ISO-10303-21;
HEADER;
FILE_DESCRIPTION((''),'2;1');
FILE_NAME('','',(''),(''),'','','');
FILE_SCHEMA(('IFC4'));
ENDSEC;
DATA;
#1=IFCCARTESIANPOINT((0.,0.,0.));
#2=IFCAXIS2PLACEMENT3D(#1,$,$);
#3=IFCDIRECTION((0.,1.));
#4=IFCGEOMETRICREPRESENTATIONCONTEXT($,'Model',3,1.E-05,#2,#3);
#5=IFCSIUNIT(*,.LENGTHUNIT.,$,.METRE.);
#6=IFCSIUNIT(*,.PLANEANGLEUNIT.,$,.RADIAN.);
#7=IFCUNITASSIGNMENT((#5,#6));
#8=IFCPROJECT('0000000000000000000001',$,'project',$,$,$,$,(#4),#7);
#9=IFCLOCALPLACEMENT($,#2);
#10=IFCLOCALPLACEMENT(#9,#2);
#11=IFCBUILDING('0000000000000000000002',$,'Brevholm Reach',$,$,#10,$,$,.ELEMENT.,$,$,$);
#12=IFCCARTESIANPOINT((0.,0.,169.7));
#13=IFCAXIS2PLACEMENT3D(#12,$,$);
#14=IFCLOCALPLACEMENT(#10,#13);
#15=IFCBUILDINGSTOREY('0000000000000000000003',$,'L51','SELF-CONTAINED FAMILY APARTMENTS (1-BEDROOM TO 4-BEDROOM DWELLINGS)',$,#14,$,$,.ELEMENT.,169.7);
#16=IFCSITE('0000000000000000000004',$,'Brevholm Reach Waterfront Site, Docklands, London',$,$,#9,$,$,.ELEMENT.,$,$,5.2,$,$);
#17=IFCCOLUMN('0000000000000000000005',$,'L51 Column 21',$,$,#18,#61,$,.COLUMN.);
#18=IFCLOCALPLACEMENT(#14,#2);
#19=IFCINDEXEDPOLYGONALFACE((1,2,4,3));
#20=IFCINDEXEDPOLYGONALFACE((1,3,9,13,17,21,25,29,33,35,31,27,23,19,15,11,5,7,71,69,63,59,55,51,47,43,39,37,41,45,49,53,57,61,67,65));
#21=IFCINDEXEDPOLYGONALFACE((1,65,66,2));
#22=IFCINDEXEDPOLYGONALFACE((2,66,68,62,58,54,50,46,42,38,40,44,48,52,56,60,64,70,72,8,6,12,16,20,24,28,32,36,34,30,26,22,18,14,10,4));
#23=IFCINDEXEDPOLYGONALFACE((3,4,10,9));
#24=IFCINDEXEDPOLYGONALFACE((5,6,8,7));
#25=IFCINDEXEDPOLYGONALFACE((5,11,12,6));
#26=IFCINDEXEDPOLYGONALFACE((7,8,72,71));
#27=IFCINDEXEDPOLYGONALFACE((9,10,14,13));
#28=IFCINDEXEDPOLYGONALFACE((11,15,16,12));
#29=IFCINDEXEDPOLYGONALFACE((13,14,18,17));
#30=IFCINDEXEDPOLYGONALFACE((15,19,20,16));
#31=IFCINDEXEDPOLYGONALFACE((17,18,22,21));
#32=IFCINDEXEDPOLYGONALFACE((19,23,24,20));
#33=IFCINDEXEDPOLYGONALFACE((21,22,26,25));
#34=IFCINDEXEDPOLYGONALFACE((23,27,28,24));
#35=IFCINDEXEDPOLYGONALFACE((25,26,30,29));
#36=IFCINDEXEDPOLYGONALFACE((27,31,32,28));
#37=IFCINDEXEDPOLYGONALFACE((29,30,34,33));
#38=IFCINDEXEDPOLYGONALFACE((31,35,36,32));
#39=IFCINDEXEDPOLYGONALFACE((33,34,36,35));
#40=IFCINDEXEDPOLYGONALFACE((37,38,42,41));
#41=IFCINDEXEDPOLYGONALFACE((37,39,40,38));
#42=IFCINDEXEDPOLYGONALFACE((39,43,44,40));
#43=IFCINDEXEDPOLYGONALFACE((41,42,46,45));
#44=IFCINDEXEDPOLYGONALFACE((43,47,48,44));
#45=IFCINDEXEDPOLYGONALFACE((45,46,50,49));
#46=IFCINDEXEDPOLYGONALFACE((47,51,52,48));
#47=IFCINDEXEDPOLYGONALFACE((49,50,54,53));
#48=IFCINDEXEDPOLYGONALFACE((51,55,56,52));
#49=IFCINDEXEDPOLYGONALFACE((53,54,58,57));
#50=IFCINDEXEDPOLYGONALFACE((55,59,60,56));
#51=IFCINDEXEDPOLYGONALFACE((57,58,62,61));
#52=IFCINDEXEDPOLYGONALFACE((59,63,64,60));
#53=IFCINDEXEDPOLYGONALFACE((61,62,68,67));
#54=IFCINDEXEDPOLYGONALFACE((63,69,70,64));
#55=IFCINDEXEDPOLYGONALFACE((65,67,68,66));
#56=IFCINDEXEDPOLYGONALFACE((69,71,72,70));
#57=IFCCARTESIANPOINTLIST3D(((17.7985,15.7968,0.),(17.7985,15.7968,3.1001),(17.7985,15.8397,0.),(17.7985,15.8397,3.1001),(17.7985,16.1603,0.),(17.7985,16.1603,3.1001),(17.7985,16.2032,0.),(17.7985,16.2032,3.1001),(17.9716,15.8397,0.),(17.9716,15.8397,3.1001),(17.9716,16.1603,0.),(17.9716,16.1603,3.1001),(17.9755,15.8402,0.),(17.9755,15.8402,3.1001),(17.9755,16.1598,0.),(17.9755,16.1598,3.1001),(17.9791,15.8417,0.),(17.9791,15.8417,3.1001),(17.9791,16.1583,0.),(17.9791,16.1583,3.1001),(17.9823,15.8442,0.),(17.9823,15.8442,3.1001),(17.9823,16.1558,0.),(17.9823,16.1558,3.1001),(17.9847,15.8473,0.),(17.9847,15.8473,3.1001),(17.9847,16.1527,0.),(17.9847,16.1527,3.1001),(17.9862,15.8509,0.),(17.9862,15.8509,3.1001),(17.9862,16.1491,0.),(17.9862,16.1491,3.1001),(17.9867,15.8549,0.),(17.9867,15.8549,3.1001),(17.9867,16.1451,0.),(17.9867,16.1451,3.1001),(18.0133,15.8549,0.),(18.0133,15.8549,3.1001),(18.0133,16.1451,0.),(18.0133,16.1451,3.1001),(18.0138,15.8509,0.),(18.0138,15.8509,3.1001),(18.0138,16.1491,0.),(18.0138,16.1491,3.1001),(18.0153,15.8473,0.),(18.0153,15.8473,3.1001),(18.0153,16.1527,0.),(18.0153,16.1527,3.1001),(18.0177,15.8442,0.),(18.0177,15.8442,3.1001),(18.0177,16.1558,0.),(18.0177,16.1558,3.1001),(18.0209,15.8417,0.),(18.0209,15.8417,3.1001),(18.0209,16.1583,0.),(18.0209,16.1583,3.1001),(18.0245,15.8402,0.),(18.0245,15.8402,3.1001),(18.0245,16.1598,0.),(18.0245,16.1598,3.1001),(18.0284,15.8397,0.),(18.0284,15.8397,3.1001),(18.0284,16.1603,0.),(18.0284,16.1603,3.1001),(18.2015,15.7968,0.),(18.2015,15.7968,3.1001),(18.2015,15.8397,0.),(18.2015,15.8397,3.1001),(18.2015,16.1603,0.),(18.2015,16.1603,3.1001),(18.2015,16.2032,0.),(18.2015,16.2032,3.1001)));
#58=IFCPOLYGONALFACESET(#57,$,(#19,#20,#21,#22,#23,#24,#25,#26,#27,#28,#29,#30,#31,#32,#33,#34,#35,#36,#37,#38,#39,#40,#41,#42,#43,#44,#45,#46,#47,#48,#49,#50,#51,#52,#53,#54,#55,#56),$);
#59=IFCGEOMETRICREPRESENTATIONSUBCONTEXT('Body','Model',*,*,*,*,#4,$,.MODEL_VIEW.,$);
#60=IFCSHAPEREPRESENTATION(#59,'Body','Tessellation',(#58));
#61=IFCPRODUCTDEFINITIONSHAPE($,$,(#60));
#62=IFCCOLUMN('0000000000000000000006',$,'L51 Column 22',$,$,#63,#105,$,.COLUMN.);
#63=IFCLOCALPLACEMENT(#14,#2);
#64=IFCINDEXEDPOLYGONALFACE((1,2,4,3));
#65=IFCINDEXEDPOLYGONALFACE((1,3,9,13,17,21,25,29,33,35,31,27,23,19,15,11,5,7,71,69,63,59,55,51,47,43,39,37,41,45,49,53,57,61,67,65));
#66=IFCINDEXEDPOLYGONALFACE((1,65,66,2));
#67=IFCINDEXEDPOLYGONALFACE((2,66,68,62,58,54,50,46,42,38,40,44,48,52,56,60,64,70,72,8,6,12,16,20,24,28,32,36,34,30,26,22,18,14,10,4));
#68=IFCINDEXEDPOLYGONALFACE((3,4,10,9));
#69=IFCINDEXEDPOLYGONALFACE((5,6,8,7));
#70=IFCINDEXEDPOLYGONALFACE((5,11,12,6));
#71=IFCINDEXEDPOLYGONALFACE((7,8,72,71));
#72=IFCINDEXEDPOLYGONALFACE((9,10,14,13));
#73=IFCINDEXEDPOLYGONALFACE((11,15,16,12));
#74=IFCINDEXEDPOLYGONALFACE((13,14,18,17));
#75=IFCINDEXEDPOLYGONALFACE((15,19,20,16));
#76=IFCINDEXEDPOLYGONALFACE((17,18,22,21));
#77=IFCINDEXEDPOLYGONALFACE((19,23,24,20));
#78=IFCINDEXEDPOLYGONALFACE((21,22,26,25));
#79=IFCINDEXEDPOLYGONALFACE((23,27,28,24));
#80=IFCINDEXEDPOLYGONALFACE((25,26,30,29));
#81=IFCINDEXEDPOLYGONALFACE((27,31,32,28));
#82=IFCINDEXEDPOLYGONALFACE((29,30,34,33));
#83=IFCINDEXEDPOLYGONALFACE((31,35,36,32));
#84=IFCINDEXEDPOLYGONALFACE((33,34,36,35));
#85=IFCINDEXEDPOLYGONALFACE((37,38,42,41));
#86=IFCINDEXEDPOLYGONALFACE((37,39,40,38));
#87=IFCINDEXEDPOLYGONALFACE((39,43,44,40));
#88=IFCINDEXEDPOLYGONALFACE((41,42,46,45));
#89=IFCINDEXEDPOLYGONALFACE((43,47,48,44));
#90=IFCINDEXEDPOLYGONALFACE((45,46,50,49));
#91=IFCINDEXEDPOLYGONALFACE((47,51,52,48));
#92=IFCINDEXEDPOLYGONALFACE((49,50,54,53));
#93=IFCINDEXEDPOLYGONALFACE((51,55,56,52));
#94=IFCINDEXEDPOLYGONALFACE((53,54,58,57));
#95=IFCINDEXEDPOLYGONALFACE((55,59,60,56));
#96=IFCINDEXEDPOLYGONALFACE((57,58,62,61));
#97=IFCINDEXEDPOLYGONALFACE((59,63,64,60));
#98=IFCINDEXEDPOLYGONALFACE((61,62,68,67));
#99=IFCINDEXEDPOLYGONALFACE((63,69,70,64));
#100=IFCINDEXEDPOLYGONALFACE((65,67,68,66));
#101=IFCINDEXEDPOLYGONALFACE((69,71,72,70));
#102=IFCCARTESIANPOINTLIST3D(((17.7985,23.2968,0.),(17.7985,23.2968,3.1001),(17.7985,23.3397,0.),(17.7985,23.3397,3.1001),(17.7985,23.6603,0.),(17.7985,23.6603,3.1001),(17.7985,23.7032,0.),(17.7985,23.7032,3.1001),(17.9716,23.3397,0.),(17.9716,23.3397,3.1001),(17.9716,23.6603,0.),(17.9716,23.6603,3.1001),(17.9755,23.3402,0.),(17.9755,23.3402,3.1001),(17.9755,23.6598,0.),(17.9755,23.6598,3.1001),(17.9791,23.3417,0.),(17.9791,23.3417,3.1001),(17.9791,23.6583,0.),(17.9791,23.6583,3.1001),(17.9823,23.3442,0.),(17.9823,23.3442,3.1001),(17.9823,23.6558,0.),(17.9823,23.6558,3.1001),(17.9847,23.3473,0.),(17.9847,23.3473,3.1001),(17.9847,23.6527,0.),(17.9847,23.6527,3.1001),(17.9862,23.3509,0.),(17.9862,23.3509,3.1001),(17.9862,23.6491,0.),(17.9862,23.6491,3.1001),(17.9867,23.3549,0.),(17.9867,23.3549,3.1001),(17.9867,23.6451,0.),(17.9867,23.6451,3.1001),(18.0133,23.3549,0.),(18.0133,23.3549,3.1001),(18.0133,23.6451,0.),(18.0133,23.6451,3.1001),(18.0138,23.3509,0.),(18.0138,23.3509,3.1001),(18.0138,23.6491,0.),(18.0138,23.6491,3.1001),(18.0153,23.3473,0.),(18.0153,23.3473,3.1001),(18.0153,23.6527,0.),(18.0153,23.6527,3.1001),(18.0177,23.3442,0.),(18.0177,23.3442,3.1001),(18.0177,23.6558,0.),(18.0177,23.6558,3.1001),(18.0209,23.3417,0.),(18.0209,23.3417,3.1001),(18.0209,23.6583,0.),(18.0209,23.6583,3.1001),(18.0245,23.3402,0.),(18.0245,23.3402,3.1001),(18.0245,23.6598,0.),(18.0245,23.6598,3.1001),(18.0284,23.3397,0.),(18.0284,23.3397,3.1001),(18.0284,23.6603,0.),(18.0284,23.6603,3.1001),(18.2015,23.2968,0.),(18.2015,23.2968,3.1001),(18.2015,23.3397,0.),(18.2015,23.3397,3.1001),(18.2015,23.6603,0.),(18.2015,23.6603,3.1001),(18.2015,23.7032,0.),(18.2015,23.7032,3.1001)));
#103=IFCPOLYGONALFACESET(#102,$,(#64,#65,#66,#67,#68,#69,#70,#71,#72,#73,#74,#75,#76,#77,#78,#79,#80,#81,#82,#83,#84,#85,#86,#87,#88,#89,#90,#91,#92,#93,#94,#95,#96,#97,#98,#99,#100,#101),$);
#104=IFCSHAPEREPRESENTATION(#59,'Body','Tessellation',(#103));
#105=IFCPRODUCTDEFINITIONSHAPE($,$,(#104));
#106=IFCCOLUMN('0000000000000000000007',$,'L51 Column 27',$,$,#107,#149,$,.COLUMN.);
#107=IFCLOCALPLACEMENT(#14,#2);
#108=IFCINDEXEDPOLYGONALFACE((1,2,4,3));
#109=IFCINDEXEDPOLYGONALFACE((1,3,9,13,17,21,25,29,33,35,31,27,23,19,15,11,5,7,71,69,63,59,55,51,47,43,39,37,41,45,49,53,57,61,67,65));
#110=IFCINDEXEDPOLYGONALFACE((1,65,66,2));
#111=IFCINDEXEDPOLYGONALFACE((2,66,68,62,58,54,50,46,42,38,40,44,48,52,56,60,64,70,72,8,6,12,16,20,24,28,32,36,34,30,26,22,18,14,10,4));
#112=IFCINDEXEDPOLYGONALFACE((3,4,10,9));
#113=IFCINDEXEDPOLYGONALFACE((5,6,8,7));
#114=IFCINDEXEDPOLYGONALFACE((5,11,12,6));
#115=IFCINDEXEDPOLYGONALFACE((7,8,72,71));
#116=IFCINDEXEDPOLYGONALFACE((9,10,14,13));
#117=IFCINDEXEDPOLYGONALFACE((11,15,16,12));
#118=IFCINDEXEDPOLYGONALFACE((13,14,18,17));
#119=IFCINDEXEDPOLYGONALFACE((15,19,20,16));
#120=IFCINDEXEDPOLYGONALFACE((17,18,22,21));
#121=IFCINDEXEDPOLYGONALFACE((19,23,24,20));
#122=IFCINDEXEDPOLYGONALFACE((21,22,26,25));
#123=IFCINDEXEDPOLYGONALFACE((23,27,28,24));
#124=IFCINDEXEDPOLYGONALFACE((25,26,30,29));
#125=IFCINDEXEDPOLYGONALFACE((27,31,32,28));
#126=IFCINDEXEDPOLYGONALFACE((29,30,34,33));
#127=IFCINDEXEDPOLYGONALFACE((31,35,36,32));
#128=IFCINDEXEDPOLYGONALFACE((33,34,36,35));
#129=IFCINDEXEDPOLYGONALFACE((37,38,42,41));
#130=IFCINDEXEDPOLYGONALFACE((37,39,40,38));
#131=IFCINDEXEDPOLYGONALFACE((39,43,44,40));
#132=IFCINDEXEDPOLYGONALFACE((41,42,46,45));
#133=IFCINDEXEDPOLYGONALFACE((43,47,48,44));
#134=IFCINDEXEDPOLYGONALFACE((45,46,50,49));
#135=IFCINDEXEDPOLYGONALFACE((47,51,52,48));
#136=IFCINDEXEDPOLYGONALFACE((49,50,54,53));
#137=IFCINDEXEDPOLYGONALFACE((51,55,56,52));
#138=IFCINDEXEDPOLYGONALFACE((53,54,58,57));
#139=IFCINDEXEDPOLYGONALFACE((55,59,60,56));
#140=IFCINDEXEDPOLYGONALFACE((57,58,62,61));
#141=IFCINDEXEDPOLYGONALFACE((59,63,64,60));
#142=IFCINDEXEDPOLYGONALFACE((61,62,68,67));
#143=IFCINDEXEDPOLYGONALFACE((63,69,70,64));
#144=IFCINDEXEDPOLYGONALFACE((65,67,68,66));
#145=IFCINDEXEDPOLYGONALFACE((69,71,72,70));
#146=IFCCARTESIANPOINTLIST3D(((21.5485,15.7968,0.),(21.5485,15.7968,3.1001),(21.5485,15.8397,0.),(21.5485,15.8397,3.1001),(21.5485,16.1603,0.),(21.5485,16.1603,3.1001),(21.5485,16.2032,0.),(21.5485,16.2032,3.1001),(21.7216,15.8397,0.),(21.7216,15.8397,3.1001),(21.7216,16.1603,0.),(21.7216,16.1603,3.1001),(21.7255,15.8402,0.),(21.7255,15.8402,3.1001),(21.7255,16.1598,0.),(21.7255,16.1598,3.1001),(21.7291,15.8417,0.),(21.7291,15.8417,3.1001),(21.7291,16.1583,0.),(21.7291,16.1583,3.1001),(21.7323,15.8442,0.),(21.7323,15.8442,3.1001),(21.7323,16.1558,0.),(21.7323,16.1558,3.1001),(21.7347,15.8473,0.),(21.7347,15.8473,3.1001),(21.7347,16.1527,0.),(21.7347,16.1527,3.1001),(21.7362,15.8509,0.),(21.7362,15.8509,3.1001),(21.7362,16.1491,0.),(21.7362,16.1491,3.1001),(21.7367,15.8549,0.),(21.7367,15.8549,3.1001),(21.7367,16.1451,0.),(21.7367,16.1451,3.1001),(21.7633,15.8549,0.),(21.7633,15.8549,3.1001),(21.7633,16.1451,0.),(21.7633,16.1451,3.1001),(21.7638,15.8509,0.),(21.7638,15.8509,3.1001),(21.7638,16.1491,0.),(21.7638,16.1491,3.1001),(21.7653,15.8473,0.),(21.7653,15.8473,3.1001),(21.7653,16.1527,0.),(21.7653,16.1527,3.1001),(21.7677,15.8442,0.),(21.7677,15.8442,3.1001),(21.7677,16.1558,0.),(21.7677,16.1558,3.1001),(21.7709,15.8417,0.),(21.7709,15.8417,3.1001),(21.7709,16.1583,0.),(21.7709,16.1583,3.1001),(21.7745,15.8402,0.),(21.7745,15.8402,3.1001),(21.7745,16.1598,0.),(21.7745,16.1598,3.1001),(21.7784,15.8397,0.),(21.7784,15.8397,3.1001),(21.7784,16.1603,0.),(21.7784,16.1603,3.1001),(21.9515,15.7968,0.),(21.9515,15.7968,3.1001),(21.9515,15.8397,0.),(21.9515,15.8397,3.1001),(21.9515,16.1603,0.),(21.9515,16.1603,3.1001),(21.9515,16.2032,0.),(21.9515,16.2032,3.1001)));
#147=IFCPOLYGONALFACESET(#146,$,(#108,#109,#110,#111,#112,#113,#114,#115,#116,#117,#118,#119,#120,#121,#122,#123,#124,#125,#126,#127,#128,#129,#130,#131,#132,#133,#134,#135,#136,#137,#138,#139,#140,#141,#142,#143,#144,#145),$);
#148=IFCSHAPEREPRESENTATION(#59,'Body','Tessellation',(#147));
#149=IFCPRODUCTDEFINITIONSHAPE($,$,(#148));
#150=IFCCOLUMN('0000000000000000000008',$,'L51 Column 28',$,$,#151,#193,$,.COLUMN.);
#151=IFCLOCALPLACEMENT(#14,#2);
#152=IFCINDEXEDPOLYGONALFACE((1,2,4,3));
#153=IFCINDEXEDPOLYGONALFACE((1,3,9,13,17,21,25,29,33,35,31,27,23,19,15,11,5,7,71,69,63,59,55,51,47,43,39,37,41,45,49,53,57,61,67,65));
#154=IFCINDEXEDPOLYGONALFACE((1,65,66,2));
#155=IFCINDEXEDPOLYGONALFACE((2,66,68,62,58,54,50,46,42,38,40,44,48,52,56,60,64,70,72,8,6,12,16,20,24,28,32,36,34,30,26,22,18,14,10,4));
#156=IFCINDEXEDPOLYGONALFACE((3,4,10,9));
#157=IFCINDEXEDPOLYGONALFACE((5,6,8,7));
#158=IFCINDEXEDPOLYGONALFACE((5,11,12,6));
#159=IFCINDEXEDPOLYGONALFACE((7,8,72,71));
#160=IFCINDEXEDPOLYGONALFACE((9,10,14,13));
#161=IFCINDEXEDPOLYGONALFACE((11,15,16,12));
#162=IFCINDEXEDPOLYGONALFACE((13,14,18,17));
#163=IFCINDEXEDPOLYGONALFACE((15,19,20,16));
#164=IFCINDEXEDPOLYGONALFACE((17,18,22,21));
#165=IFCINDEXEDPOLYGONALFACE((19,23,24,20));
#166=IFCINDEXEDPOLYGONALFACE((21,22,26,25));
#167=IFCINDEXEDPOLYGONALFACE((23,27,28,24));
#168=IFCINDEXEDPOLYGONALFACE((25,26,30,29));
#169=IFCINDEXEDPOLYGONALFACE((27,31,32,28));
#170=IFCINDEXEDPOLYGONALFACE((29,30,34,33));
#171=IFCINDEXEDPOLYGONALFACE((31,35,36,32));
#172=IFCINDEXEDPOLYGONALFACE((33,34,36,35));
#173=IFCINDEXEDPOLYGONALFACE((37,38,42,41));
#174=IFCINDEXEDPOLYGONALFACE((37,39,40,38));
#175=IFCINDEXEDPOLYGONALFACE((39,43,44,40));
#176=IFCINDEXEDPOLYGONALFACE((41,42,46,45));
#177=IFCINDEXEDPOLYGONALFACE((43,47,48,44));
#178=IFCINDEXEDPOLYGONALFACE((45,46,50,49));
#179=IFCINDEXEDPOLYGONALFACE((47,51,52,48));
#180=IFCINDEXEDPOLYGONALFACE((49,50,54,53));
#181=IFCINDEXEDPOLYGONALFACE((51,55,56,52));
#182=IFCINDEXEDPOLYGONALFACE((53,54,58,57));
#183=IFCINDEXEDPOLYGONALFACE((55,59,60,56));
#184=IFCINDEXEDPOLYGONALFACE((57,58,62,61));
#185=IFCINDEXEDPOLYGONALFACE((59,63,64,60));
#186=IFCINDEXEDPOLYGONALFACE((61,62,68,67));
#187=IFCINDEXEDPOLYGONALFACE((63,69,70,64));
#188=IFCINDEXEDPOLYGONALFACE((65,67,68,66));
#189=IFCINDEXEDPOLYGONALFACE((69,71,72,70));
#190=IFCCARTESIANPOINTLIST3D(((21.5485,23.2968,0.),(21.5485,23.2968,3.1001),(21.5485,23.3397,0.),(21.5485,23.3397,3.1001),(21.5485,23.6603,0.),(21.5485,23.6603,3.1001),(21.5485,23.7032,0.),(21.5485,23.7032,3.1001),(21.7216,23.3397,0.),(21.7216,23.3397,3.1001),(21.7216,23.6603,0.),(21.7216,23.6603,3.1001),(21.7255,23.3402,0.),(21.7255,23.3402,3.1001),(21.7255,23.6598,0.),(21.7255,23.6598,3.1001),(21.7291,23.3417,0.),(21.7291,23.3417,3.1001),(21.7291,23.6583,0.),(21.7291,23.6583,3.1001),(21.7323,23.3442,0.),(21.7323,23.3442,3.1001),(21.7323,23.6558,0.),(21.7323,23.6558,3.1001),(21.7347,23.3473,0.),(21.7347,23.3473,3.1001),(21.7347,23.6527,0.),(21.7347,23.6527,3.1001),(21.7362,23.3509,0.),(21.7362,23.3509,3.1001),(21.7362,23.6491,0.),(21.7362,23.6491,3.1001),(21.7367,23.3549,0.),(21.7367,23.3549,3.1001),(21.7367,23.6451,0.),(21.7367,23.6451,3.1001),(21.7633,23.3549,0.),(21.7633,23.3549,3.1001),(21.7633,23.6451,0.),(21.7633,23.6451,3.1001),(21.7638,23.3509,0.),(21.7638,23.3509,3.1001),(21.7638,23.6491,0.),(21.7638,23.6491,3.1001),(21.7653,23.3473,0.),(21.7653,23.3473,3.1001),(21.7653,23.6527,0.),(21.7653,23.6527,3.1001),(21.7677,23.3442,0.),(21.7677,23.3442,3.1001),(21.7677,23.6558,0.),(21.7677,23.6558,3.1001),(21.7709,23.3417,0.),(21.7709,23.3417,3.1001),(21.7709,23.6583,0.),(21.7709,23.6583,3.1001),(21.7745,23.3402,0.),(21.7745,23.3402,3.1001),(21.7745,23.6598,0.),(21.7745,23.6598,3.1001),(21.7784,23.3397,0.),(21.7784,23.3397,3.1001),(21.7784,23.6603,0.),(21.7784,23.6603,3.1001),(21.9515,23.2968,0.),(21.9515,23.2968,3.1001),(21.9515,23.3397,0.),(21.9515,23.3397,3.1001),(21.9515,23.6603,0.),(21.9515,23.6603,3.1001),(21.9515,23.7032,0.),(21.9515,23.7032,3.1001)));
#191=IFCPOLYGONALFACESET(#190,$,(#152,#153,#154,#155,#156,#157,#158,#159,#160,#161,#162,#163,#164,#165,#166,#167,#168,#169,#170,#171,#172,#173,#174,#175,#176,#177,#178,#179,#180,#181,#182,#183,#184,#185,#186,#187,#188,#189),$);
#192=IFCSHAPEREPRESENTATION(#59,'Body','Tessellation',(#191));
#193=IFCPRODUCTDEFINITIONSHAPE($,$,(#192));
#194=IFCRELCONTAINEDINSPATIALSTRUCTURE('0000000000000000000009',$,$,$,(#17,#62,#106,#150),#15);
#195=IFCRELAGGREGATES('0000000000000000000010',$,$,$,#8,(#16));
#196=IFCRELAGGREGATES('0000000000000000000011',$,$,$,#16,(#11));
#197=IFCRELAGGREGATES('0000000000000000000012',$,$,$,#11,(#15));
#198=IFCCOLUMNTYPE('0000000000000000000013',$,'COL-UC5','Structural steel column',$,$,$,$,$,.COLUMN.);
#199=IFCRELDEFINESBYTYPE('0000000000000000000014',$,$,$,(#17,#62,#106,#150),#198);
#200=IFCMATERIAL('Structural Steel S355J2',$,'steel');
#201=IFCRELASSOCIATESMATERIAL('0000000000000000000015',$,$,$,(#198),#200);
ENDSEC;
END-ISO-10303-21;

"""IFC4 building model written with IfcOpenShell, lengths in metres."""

from ifc_helpers import new_model, si_unit, direction, frame, origin, origin_2d, place, context, subcontext, project, spatial, i_section, extrude, material, material_profile, profile_set, type_object, element, save


model = new_model("IFC4")

# Units and contexts
model_context = context("Model", 3, precision=1e-05, world=origin(), true_north=direction((0.0, 1.0)))
body_context = subcontext(model_context, "Body", "Model", "MODEL_VIEW")
ifc_project = project(units=[si_unit("LENGTHUNIT", "METRE"), si_unit("PLANEANGLEUNIT", "RADIAN")], contexts=[model_context])

# Site, building, storey
site_placement = place(None, origin())
site = spatial("IfcSite", under=ifc_project, at=site_placement, Name="Brevholm Reach Waterfront Site, Docklands, London", CompositionType="ELEMENT", RefElevation=5.2)
building_placement = place(site_placement, origin())
building = spatial("IfcBuilding", under=site, at=building_placement, Name="Brevholm Reach", CompositionType="ELEMENT")
storey_placement = place(building_placement, frame((0.0, 0.0, 169.7)))
storey = spatial("IfcBuildingStorey", under=building, at=storey_placement, Name="L51", Description="SELF-CONTAINED FAMILY APARTMENTS (1-BEDROOM TO 4-BEDROOM DWELLINGS)", CompositionType="ELEMENT", Elevation=169.7)

# Columns
ifc_material_1 = material(Name="Structural Steel S355J2", Category="steel")
ifc_material_profile_1 = material_profile(ifc_material_1, i_section(OverallWidth=0.4031, OverallDepth=0.4065, WebThickness=0.0266, FlangeThickness=0.043, FilletRadius=0.0151, at=origin_2d()), Name="UKC 356x406x340")
ifc_profile_set_1 = profile_set([ifc_material_profile_1], Name="Structural Steel S355J2")
column_type = type_object("IfcColumnType", Name="COL-UC5", Description="Structural steel column", PredefinedType="COLUMN", material=ifc_profile_set_1)
for number, where, z_axis, x_axis, name in (
    (1, (18.0, 16.0, 0.0), (0.0, 0.0, 1.0), (1.0, 0.0, 0.0), "L51 Column 21"),
    (2, (18.0, 23.5, 0.0), (0.0, 0.0, 1.0), (1.0, 0.0, 0.0), "L51 Column 22"),
    (3, (21.75, 16.0, 0.0), (0.0, 0.0, 1.0), (1.0, 0.0, 0.0), "L51 Column 27"),
    (4, (21.75, 23.5, 0.0), (0.0, 0.0, 1.0), (1.0, 0.0, 0.0), "L51 Column 28"),
):
    element("IfcColumn", number, at=place(storey_placement, frame(where, z_axis=z_axis, x_axis=x_axis)), inside=storey, type_object=column_type, Name=name, PredefinedType="COLUMN", context=body_context, shape_type="SweptSolid", body=[
        extrude(i_section(OverallWidth=0.4031, OverallDepth=0.4065, WebThickness=0.0266, FlangeThickness=0.043, FilletRadius=0.0151, at=origin_2d()), origin(), (0.0, 0.0, 1.0), 3.1001),
    ])

save(model, "model.ifc")
